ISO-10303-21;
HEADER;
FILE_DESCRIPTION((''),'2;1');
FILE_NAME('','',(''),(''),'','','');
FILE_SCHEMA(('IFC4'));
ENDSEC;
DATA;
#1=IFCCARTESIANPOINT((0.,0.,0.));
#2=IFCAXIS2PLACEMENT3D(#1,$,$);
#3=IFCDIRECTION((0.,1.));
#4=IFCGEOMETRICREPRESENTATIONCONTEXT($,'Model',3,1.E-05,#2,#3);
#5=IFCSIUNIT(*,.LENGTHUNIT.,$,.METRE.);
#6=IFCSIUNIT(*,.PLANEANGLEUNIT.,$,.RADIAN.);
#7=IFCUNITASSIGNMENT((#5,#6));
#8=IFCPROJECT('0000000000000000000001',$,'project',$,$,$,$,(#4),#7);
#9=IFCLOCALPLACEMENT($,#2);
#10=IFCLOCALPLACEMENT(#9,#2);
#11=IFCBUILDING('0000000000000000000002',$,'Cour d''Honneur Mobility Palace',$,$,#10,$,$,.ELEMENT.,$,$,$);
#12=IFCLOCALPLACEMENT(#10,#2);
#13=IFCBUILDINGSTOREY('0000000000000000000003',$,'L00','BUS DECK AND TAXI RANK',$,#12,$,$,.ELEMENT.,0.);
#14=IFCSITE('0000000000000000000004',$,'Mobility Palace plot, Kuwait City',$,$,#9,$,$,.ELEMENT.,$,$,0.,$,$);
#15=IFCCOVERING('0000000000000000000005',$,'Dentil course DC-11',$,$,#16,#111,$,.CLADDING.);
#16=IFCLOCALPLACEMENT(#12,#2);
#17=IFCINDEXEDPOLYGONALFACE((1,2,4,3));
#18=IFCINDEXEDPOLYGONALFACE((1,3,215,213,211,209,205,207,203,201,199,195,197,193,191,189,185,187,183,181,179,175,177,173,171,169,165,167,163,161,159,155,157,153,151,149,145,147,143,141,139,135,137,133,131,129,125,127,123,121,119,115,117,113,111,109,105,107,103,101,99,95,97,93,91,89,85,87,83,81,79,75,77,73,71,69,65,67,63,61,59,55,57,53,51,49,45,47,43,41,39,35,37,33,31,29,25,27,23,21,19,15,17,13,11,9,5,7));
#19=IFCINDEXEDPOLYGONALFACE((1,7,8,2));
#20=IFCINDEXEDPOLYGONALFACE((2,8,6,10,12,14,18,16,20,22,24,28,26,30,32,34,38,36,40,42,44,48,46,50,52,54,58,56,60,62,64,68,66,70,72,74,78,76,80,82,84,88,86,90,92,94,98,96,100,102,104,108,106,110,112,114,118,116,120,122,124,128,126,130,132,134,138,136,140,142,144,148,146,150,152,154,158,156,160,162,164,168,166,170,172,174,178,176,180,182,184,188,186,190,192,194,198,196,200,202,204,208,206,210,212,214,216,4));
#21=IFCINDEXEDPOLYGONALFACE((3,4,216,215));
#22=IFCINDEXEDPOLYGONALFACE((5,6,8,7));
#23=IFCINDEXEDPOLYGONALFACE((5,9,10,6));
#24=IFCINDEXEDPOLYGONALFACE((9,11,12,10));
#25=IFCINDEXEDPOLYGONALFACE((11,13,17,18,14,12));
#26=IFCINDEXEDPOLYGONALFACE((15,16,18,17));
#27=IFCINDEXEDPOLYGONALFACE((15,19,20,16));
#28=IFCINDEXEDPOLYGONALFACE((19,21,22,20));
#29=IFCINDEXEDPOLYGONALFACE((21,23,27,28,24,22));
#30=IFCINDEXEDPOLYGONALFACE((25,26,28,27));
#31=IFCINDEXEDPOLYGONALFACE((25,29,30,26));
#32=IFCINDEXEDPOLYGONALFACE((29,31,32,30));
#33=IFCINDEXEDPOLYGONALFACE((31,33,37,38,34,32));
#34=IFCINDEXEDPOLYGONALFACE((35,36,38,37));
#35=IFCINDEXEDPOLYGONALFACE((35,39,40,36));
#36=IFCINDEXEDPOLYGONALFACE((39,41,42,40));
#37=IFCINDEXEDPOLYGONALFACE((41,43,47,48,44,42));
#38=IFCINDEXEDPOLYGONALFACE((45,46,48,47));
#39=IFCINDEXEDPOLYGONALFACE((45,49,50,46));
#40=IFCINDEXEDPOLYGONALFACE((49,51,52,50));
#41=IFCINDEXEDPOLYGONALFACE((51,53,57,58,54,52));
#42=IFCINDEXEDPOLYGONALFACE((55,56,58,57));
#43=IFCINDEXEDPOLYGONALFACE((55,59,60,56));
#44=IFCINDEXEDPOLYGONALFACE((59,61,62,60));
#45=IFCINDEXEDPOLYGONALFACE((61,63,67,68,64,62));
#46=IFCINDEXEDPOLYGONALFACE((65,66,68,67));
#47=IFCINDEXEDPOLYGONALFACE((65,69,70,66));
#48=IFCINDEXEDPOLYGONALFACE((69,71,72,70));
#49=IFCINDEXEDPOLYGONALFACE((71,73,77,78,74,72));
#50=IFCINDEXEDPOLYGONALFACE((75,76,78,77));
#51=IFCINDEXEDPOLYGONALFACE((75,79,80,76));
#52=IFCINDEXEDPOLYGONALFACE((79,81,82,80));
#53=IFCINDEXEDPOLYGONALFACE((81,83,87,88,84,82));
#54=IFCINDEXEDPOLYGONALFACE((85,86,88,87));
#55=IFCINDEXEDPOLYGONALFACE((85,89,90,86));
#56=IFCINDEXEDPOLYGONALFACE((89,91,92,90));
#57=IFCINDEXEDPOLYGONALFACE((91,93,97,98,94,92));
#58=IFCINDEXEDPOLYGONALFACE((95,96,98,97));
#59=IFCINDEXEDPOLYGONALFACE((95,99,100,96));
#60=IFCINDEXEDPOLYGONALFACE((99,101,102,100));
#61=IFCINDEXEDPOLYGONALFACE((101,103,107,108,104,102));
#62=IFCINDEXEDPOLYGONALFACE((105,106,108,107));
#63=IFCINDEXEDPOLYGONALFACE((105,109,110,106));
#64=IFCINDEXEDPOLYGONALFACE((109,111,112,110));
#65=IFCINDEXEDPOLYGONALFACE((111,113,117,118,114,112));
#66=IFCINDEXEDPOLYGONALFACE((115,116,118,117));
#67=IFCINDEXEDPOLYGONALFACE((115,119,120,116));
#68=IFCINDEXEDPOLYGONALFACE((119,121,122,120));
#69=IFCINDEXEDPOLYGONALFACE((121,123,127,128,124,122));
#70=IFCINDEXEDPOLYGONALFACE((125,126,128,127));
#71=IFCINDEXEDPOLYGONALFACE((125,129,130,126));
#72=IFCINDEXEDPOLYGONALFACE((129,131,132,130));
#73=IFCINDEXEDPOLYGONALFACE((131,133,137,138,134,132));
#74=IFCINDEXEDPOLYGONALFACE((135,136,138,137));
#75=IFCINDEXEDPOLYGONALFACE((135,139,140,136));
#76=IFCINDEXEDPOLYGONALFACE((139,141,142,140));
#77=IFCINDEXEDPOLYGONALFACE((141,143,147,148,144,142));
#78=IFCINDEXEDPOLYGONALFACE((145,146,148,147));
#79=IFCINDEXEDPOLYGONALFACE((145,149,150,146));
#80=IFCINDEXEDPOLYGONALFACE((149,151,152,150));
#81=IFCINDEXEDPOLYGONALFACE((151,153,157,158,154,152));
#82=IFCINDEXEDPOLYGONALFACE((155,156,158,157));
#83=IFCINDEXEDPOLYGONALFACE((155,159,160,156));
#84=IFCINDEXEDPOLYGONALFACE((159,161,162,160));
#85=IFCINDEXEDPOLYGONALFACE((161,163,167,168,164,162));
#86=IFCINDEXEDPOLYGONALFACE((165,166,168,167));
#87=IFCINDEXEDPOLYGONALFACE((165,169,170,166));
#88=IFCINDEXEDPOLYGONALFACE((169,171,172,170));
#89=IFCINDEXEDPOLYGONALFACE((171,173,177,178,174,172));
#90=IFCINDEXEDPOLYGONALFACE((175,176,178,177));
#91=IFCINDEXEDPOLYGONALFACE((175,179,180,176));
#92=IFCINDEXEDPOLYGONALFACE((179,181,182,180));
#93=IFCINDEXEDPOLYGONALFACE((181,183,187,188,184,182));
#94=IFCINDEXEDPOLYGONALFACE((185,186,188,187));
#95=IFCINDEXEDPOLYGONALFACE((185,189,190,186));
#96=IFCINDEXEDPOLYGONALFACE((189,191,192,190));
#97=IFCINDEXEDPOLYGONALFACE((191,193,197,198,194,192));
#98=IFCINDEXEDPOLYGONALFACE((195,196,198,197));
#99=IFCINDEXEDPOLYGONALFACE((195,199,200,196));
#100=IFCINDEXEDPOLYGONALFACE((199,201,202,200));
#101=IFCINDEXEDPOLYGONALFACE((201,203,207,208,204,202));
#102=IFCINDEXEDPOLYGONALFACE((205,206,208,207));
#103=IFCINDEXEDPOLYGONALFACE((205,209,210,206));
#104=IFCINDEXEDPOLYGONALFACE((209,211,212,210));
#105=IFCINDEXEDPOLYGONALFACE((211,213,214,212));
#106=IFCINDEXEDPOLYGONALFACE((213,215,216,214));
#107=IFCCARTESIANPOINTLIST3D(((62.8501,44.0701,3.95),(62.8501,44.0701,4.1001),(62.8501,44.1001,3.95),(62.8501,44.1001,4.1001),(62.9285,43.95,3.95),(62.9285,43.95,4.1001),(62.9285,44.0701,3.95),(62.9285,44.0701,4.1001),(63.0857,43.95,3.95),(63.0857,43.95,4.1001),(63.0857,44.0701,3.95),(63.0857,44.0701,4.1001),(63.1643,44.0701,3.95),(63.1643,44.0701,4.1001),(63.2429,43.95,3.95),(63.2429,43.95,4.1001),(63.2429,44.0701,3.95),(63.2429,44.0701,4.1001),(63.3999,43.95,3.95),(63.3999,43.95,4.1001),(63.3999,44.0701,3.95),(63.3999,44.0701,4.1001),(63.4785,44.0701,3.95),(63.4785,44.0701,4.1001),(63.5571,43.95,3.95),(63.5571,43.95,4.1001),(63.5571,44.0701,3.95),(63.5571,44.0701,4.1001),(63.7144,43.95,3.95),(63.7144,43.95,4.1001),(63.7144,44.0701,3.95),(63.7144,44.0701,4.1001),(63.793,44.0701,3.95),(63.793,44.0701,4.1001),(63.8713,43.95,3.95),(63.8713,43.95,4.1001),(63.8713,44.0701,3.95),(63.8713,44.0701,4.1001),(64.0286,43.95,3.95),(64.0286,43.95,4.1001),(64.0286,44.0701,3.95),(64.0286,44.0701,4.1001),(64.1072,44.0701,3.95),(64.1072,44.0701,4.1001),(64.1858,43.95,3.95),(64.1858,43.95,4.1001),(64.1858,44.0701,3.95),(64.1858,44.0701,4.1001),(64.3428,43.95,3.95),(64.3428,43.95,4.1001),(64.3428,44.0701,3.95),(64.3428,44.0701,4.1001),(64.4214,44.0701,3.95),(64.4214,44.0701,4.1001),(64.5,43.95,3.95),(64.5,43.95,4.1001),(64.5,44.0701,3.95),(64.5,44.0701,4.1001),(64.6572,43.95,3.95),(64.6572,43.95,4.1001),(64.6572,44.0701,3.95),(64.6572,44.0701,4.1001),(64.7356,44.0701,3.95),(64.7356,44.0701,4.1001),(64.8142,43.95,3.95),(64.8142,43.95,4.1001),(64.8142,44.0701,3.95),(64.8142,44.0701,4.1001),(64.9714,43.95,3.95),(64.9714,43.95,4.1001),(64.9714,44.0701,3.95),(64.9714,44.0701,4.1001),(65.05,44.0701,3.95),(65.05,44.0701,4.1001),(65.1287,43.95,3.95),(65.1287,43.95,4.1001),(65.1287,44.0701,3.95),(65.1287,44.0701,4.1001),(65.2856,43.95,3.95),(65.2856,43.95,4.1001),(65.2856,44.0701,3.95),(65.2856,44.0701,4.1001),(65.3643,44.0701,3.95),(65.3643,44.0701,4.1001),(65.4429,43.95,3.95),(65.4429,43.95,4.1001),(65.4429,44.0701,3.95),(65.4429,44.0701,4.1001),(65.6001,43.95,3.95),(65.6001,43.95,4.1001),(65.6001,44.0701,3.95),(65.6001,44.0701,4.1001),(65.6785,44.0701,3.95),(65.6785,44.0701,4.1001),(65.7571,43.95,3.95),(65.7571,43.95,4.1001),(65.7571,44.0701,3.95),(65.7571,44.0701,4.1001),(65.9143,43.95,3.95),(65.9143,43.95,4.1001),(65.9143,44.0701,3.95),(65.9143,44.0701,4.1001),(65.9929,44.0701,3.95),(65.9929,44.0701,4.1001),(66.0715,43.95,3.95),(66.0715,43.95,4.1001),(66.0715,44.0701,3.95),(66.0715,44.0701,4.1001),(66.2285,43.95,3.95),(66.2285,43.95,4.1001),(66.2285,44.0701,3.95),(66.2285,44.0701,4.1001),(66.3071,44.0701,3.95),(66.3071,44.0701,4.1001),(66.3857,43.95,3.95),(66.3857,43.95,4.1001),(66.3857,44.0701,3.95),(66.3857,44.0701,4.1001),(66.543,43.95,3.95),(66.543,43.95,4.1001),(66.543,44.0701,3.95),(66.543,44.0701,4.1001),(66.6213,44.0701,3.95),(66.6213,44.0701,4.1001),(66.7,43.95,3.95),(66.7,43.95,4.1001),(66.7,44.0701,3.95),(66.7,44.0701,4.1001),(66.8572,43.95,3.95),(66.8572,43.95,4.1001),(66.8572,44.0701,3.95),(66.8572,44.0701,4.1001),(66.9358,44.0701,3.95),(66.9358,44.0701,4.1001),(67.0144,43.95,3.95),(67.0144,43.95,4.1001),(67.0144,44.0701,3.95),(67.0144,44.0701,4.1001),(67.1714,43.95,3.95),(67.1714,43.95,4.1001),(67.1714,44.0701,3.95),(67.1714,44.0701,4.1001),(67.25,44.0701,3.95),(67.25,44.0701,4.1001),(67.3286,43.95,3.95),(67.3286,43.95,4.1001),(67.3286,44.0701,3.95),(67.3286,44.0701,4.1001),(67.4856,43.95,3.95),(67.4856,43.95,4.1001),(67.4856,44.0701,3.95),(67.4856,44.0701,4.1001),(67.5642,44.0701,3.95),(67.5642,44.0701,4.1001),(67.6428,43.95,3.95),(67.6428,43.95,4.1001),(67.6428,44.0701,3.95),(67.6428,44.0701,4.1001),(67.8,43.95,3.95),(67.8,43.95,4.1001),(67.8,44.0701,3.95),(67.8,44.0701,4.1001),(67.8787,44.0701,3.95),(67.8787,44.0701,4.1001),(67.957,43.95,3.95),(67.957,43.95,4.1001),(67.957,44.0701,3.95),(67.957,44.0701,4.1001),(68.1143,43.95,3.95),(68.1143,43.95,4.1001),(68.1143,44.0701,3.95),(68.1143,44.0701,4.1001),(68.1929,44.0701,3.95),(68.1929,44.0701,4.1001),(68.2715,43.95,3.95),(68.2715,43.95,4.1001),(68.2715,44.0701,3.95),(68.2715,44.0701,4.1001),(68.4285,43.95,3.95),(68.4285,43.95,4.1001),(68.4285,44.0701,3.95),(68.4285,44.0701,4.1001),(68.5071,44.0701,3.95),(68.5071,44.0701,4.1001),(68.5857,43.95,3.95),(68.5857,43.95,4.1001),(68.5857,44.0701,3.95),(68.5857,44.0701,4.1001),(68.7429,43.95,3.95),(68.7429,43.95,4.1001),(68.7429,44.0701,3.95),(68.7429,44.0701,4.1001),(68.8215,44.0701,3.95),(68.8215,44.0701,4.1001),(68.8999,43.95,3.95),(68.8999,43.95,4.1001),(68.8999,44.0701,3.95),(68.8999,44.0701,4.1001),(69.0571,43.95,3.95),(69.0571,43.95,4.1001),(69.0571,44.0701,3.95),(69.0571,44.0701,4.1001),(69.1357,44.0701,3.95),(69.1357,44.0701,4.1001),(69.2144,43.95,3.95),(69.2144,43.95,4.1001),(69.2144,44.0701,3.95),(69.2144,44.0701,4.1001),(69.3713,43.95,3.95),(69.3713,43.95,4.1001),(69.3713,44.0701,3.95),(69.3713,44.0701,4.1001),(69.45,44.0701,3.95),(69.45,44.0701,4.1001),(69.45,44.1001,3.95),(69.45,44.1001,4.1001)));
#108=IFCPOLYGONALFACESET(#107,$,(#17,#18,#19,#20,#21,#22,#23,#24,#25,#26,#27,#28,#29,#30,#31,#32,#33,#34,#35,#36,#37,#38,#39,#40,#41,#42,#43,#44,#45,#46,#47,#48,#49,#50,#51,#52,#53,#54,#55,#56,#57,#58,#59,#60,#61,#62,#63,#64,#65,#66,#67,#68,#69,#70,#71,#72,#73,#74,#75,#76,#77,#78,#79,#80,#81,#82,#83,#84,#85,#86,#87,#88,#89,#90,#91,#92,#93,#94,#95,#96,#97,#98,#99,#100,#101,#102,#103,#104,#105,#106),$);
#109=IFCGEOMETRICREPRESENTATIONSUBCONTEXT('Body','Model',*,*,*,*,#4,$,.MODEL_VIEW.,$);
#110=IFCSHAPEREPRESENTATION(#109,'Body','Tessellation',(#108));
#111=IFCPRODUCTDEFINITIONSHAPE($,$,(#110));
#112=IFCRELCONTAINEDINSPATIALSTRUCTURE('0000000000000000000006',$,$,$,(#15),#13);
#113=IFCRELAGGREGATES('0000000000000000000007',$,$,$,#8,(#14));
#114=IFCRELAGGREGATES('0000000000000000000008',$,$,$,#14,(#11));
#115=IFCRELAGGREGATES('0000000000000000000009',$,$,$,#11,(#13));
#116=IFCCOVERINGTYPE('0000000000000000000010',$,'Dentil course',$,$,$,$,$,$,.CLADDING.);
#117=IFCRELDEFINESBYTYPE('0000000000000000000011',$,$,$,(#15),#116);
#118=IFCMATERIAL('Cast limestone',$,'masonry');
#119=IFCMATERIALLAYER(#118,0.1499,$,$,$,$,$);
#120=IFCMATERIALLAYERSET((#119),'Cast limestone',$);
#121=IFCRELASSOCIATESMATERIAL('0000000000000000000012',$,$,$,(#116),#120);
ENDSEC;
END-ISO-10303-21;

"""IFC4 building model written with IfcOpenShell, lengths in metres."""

from ifc_helpers import new_model, si_unit, direction, frame, origin, place, context, subcontext, project, spatial, polyline, outline, extrude, material, layer, layer_set, type_object, element, save


model = new_model("IFC4")

# Units and contexts
model_context = context("Model", 3, precision=1e-05, world=origin(), true_north=direction((0.0, 1.0)))
body_context = subcontext(model_context, "Body", "Model", "MODEL_VIEW")
ifc_project = project(units=[si_unit("LENGTHUNIT", "METRE"), si_unit("PLANEANGLEUNIT", "RADIAN")], contexts=[model_context])

# Site, building, storey
site_placement = place(None, origin())
site = spatial("IfcSite", under=ifc_project, at=site_placement, Name="Mobility Palace plot, Kuwait City", CompositionType="ELEMENT", RefElevation=0.0)
building_placement = place(site_placement, origin())
building = spatial("IfcBuilding", under=site, at=building_placement, Name="Cour d'Honneur Mobility Palace", CompositionType="ELEMENT")
storey_placement = place(building_placement, origin())
storey = spatial("IfcBuildingStorey", under=building, at=storey_placement, Name="L00", Description="BUS DECK AND TAXI RANK", CompositionType="ELEMENT", Elevation=0.0)

# Covering
ifc_material = material(Name="Cast limestone", Category="masonry")
ifc_layer = layer(ifc_material, 0.1499)
ifc_layer_set = layer_set([ifc_layer], Name="Cast limestone")
covering_type = type_object("IfcCoveringType", Name="Dentil course", PredefinedType="CLADDING", material=ifc_layer_set)
covering_1_placement = place(storey_placement, frame((0.0, 0.0, 3.95)))
element("IfcCovering", 1, at=covering_1_placement, inside=storey, type_object=covering_type, Name="Dentil course DC-11", PredefinedType="CLADDING", context=body_context, shape_type="SweptSolid", body=[
    extrude(outline(polyline([(62.8501, 44.1001), (69.45, 44.1001), (69.45, 44.0701), (69.45, 44.0701), (69.3713, 44.0701), (69.3713, 43.95), (69.2144, 43.95), (69.2144, 44.0701), (69.1357, 44.0701), (69.1357, 44.0701), (69.0571, 44.0701), (69.0571, 43.95), (68.8999, 43.95), (68.8999, 44.0701), (68.8215, 44.0701), (68.8215, 44.0701), (68.7429, 44.0701), (68.7429, 43.95), (68.5857, 43.95), (68.5857, 44.0701), (68.5071, 44.0701), (68.5071, 44.0701), (68.4285, 44.0701), (68.4285, 43.95), (68.2715, 43.95), (68.2715, 44.0701), (68.1929, 44.0701), (68.1929, 44.0701), (68.1143, 44.0701), (68.1143, 43.95), (67.957, 43.95), (67.957, 44.0701), (67.8787, 44.0701), (67.8787, 44.0701), (67.8, 44.0701), (67.8, 43.95), (67.6428, 43.95), (67.6428, 44.0701), (67.5642, 44.0701), (67.5642, 44.0701), (67.4856, 44.0701), (67.4856, 43.95), (67.3286, 43.95), (67.3286, 44.0701), (67.25, 44.0701), (67.25, 44.0701), (67.1714, 44.0701), (67.1714, 43.95), (67.0144, 43.95), (67.0144, 44.0701), (66.9358, 44.0701), (66.9358, 44.0701), (66.8572, 44.0701), (66.8572, 43.95), (66.7, 43.95), (66.7, 44.0701), (66.6213, 44.0701), (66.6213, 44.0701), (66.543, 44.0701), (66.543, 43.95), (66.3857, 43.95), (66.3857, 44.0701), (66.3071, 44.0701), (66.3071, 44.0701), (66.2285, 44.0701), (66.2285, 43.95), (66.0715, 43.95), (66.0715, 44.0701), (65.9929, 44.0701), (65.9929, 44.0701), (65.9143, 44.0701), (65.9143, 43.95), (65.7571, 43.95), (65.7571, 44.0701), (65.6785, 44.0701), (65.6785, 44.0701), (65.6001, 44.0701), (65.6001, 43.95), (65.4429, 43.95), (65.4429, 44.0701), (65.3643, 44.0701), (65.3643, 44.0701), (65.2856, 44.0701), (65.2856, 43.95), (65.1287, 43.95), (65.1287, 44.0701), (65.05, 44.0701), (65.05, 44.0701), (64.9714, 44.0701), (64.9714, 43.95), (64.8142, 43.95), (64.8142, 44.0701), (64.7356, 44.0701), (64.7356, 44.0701), (64.6572, 44.0701), (64.6572, 43.95), (64.5, 43.95), (64.5, 44.0701), (64.4214, 44.0701), (64.4214, 44.0701), (64.3428, 44.0701), (64.3428, 43.95), (64.1858, 43.95), (64.1858, 44.0701), (64.1072, 44.0701), (64.1072, 44.0701), (64.0286, 44.0701), (64.0286, 43.95), (63.8713, 43.95), (63.8713, 44.0701), (63.793, 44.0701), (63.793, 44.0701), (63.7144, 44.0701), (63.7144, 43.95), (63.5571, 43.95), (63.5571, 44.0701), (63.4785, 44.0701), (63.4785, 44.0701), (63.3999, 44.0701), (63.3999, 43.95), (63.2429, 43.95), (63.2429, 44.0701), (63.1643, 44.0701), (63.1643, 44.0701), (63.0857, 44.0701), (63.0857, 43.95), (62.9285, 43.95), (62.9285, 44.0701), (62.8501, 44.0701), (62.8501, 44.1001)])), origin(), (0.0, 0.0, 1.0), 0.1501),
])

save(model, "model.ifc")
